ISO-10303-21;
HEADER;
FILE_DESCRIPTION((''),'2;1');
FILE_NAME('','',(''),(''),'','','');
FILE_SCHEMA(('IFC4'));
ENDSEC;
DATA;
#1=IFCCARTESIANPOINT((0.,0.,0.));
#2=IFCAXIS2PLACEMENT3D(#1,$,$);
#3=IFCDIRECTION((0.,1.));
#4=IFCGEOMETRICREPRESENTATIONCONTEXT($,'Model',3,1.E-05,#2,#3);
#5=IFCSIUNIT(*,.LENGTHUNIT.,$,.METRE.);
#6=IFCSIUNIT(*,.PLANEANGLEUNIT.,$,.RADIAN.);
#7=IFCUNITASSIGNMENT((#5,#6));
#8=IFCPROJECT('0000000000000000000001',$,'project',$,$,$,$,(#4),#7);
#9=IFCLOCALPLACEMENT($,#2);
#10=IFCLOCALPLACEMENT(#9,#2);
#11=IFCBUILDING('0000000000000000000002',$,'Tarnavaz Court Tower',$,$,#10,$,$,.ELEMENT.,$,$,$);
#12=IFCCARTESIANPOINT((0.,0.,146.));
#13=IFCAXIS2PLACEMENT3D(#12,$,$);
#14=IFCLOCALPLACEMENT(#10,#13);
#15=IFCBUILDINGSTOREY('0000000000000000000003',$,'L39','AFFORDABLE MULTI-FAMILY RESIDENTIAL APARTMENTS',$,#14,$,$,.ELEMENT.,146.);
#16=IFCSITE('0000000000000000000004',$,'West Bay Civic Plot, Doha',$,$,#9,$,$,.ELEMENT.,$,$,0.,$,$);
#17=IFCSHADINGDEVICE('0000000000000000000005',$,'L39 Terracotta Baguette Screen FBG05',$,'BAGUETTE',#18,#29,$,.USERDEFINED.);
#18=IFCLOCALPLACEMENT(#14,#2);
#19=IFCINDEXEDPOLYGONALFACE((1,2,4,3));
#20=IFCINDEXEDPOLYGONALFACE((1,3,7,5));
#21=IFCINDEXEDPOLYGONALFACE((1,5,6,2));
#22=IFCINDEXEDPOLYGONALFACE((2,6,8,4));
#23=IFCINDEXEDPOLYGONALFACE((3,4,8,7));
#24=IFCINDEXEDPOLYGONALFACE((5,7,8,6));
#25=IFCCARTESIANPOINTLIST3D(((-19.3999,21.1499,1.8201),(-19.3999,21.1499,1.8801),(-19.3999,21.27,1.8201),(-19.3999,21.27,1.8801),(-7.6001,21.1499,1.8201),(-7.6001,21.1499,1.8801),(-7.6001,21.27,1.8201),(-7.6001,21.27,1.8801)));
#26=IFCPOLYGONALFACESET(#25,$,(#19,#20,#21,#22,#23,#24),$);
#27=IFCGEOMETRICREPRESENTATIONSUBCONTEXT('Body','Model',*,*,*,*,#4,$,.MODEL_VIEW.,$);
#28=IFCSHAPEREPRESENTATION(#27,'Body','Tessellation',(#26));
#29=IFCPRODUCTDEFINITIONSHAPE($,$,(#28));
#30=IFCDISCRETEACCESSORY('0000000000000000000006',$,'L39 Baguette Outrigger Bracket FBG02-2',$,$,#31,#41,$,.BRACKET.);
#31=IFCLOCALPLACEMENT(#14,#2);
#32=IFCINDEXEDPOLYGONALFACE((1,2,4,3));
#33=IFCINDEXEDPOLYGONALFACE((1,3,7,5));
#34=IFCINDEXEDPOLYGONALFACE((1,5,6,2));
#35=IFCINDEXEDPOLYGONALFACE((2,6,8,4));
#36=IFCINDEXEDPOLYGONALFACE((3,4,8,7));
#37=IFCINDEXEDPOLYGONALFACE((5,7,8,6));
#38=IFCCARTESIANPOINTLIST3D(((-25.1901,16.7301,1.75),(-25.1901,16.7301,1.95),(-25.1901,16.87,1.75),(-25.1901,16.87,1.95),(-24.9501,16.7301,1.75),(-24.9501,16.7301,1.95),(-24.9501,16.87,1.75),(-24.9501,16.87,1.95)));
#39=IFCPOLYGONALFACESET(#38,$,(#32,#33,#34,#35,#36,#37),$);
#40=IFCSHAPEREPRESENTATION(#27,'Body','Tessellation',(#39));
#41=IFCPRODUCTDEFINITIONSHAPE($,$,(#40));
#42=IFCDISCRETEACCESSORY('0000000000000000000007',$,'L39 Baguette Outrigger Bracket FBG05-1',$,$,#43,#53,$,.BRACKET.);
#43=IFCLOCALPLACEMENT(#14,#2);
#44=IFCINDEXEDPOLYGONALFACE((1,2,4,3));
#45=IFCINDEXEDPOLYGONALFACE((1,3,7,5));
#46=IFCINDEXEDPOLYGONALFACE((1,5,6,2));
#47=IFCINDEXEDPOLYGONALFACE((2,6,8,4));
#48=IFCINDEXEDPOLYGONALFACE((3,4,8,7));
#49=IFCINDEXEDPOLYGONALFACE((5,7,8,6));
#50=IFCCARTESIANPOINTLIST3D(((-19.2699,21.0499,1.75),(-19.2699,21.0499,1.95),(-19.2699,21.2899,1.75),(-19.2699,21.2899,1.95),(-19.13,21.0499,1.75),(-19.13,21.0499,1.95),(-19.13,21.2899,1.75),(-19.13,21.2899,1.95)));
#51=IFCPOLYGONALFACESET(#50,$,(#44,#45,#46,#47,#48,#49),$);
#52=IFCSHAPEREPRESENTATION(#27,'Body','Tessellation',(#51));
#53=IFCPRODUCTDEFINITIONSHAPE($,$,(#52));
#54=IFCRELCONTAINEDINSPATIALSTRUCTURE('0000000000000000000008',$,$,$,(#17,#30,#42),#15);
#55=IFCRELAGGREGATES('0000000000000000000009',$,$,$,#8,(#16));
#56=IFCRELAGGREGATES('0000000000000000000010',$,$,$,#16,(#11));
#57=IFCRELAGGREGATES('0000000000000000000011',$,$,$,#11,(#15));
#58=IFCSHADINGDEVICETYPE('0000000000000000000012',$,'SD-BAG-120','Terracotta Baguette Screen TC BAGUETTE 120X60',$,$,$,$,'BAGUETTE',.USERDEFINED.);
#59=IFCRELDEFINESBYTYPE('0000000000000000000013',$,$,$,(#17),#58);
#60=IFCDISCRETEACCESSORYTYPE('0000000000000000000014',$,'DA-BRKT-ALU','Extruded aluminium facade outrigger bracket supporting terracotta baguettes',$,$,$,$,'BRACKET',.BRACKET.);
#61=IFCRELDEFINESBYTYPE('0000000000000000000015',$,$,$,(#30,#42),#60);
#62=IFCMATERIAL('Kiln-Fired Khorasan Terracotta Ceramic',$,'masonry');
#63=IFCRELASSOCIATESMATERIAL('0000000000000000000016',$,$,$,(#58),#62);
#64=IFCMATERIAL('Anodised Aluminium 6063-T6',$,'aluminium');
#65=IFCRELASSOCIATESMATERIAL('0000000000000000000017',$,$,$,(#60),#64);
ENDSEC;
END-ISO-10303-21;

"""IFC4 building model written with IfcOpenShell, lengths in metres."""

from ifc_helpers import new_model, si_unit, direction, frame, origin, origin_2d, place, context, subcontext, project, spatial, rectangle, extrude, material, material_profile, profile_set, type_object, element, save


model = new_model("IFC4")

# Units and contexts
model_context = context("Model", 3, precision=1e-05, world=origin(), true_north=direction((0.0, 1.0)))
body_context = subcontext(model_context, "Body", "Model", "MODEL_VIEW")
ifc_project = project(units=[si_unit("LENGTHUNIT", "METRE"), si_unit("PLANEANGLEUNIT", "RADIAN")], contexts=[model_context])

# Site, building, storey
site_placement = place(None, origin())
site = spatial("IfcSite", under=ifc_project, at=site_placement, Name="West Bay Civic Plot, Doha", CompositionType="ELEMENT", RefElevation=0.0)
building_placement = place(site_placement, origin())
building = spatial("IfcBuilding", under=site, at=building_placement, Name="Tarnavaz Court Tower", CompositionType="ELEMENT")
storey_placement = place(building_placement, frame((0.0, 0.0, 146.0)))
storey = spatial("IfcBuildingStorey", under=building, at=storey_placement, Name="L39", Description="AFFORDABLE MULTI-FAMILY RESIDENTIAL APARTMENTS", CompositionType="ELEMENT", Elevation=146.0)

# Shading device
ifc_material_1 = material(Name="Kiln-Fired Khorasan Terracotta Ceramic", Category="masonry")
ifc_material_profile_1 = material_profile(ifc_material_1, rectangle(XDim=0.1201, YDim=0.0601, at=origin_2d()), Name="TC BAGUETTE 120X60")
ifc_profile_set_1 = profile_set([ifc_material_profile_1], Name="Kiln-Fired Khorasan Terracotta Ceramic")
shading_device_type = type_object("IfcShadingDeviceType", Name="SD-BAG-120", Description="Terracotta Baguette Screen TC BAGUETTE 120X60", ElementType="BAGUETTE", PredefinedType="USERDEFINED", material=ifc_profile_set_1)
shading_device_placement = place(storey_placement, frame((-19.3999, 21.21, 1.8501), z_axis=(1.0, 0.0, 0.0), x_axis=(0.0, 1.0, 0.0)))
element("IfcShadingDevice", 1, at=shading_device_placement, inside=storey, type_object=shading_device_type, Name="L39 Terracotta Baguette Screen FBG05", ObjectType="BAGUETTE", PredefinedType="USERDEFINED", context=body_context, shape_type="SweptSolid", body=[
    extrude(rectangle(XDim=0.1201, YDim=0.0601, at=origin_2d()), origin(), (0.0, 0.0, 1.0), 11.7998),
])

# Discrete accessories
ifc_material_2 = material(Name="Anodised Aluminium 6063-T6", Category="aluminium")
discrete_accessory_type = type_object("IfcDiscreteAccessoryType", Name="DA-BRKT-ALU", Description="Extruded aluminium facade outrigger bracket supporting terracotta baguettes", ElementType="BRACKET", PredefinedType="BRACKET", material=ifc_material_2)
for number, where, z_axis, x_axis, name in (
    (2, (-25.0701, 16.8, 1.75), (0.0, 0.0, 1.0), (0.0, 1.0, 0.0), "L39 Baguette Outrigger Bracket FBG02-2"),
    (3, (-19.2, 21.1699, 1.75), (0.0, 0.0, 1.0), (1.0, 0.0, 0.0), "L39 Baguette Outrigger Bracket FBG05-1"),
):
    element("IfcDiscreteAccessory", number, at=place(storey_placement, frame(where, z_axis=z_axis, x_axis=x_axis)), inside=storey, type_object=discrete_accessory_type, Name=name, PredefinedType="BRACKET", context=body_context, shape_type="SweptSolid", body=[
        extrude(rectangle(XDim=0.1399, YDim=0.24, at=origin_2d()), origin(), (0.0, 0.0, 1.0), 0.2),
    ])

save(model, "model.ifc")
